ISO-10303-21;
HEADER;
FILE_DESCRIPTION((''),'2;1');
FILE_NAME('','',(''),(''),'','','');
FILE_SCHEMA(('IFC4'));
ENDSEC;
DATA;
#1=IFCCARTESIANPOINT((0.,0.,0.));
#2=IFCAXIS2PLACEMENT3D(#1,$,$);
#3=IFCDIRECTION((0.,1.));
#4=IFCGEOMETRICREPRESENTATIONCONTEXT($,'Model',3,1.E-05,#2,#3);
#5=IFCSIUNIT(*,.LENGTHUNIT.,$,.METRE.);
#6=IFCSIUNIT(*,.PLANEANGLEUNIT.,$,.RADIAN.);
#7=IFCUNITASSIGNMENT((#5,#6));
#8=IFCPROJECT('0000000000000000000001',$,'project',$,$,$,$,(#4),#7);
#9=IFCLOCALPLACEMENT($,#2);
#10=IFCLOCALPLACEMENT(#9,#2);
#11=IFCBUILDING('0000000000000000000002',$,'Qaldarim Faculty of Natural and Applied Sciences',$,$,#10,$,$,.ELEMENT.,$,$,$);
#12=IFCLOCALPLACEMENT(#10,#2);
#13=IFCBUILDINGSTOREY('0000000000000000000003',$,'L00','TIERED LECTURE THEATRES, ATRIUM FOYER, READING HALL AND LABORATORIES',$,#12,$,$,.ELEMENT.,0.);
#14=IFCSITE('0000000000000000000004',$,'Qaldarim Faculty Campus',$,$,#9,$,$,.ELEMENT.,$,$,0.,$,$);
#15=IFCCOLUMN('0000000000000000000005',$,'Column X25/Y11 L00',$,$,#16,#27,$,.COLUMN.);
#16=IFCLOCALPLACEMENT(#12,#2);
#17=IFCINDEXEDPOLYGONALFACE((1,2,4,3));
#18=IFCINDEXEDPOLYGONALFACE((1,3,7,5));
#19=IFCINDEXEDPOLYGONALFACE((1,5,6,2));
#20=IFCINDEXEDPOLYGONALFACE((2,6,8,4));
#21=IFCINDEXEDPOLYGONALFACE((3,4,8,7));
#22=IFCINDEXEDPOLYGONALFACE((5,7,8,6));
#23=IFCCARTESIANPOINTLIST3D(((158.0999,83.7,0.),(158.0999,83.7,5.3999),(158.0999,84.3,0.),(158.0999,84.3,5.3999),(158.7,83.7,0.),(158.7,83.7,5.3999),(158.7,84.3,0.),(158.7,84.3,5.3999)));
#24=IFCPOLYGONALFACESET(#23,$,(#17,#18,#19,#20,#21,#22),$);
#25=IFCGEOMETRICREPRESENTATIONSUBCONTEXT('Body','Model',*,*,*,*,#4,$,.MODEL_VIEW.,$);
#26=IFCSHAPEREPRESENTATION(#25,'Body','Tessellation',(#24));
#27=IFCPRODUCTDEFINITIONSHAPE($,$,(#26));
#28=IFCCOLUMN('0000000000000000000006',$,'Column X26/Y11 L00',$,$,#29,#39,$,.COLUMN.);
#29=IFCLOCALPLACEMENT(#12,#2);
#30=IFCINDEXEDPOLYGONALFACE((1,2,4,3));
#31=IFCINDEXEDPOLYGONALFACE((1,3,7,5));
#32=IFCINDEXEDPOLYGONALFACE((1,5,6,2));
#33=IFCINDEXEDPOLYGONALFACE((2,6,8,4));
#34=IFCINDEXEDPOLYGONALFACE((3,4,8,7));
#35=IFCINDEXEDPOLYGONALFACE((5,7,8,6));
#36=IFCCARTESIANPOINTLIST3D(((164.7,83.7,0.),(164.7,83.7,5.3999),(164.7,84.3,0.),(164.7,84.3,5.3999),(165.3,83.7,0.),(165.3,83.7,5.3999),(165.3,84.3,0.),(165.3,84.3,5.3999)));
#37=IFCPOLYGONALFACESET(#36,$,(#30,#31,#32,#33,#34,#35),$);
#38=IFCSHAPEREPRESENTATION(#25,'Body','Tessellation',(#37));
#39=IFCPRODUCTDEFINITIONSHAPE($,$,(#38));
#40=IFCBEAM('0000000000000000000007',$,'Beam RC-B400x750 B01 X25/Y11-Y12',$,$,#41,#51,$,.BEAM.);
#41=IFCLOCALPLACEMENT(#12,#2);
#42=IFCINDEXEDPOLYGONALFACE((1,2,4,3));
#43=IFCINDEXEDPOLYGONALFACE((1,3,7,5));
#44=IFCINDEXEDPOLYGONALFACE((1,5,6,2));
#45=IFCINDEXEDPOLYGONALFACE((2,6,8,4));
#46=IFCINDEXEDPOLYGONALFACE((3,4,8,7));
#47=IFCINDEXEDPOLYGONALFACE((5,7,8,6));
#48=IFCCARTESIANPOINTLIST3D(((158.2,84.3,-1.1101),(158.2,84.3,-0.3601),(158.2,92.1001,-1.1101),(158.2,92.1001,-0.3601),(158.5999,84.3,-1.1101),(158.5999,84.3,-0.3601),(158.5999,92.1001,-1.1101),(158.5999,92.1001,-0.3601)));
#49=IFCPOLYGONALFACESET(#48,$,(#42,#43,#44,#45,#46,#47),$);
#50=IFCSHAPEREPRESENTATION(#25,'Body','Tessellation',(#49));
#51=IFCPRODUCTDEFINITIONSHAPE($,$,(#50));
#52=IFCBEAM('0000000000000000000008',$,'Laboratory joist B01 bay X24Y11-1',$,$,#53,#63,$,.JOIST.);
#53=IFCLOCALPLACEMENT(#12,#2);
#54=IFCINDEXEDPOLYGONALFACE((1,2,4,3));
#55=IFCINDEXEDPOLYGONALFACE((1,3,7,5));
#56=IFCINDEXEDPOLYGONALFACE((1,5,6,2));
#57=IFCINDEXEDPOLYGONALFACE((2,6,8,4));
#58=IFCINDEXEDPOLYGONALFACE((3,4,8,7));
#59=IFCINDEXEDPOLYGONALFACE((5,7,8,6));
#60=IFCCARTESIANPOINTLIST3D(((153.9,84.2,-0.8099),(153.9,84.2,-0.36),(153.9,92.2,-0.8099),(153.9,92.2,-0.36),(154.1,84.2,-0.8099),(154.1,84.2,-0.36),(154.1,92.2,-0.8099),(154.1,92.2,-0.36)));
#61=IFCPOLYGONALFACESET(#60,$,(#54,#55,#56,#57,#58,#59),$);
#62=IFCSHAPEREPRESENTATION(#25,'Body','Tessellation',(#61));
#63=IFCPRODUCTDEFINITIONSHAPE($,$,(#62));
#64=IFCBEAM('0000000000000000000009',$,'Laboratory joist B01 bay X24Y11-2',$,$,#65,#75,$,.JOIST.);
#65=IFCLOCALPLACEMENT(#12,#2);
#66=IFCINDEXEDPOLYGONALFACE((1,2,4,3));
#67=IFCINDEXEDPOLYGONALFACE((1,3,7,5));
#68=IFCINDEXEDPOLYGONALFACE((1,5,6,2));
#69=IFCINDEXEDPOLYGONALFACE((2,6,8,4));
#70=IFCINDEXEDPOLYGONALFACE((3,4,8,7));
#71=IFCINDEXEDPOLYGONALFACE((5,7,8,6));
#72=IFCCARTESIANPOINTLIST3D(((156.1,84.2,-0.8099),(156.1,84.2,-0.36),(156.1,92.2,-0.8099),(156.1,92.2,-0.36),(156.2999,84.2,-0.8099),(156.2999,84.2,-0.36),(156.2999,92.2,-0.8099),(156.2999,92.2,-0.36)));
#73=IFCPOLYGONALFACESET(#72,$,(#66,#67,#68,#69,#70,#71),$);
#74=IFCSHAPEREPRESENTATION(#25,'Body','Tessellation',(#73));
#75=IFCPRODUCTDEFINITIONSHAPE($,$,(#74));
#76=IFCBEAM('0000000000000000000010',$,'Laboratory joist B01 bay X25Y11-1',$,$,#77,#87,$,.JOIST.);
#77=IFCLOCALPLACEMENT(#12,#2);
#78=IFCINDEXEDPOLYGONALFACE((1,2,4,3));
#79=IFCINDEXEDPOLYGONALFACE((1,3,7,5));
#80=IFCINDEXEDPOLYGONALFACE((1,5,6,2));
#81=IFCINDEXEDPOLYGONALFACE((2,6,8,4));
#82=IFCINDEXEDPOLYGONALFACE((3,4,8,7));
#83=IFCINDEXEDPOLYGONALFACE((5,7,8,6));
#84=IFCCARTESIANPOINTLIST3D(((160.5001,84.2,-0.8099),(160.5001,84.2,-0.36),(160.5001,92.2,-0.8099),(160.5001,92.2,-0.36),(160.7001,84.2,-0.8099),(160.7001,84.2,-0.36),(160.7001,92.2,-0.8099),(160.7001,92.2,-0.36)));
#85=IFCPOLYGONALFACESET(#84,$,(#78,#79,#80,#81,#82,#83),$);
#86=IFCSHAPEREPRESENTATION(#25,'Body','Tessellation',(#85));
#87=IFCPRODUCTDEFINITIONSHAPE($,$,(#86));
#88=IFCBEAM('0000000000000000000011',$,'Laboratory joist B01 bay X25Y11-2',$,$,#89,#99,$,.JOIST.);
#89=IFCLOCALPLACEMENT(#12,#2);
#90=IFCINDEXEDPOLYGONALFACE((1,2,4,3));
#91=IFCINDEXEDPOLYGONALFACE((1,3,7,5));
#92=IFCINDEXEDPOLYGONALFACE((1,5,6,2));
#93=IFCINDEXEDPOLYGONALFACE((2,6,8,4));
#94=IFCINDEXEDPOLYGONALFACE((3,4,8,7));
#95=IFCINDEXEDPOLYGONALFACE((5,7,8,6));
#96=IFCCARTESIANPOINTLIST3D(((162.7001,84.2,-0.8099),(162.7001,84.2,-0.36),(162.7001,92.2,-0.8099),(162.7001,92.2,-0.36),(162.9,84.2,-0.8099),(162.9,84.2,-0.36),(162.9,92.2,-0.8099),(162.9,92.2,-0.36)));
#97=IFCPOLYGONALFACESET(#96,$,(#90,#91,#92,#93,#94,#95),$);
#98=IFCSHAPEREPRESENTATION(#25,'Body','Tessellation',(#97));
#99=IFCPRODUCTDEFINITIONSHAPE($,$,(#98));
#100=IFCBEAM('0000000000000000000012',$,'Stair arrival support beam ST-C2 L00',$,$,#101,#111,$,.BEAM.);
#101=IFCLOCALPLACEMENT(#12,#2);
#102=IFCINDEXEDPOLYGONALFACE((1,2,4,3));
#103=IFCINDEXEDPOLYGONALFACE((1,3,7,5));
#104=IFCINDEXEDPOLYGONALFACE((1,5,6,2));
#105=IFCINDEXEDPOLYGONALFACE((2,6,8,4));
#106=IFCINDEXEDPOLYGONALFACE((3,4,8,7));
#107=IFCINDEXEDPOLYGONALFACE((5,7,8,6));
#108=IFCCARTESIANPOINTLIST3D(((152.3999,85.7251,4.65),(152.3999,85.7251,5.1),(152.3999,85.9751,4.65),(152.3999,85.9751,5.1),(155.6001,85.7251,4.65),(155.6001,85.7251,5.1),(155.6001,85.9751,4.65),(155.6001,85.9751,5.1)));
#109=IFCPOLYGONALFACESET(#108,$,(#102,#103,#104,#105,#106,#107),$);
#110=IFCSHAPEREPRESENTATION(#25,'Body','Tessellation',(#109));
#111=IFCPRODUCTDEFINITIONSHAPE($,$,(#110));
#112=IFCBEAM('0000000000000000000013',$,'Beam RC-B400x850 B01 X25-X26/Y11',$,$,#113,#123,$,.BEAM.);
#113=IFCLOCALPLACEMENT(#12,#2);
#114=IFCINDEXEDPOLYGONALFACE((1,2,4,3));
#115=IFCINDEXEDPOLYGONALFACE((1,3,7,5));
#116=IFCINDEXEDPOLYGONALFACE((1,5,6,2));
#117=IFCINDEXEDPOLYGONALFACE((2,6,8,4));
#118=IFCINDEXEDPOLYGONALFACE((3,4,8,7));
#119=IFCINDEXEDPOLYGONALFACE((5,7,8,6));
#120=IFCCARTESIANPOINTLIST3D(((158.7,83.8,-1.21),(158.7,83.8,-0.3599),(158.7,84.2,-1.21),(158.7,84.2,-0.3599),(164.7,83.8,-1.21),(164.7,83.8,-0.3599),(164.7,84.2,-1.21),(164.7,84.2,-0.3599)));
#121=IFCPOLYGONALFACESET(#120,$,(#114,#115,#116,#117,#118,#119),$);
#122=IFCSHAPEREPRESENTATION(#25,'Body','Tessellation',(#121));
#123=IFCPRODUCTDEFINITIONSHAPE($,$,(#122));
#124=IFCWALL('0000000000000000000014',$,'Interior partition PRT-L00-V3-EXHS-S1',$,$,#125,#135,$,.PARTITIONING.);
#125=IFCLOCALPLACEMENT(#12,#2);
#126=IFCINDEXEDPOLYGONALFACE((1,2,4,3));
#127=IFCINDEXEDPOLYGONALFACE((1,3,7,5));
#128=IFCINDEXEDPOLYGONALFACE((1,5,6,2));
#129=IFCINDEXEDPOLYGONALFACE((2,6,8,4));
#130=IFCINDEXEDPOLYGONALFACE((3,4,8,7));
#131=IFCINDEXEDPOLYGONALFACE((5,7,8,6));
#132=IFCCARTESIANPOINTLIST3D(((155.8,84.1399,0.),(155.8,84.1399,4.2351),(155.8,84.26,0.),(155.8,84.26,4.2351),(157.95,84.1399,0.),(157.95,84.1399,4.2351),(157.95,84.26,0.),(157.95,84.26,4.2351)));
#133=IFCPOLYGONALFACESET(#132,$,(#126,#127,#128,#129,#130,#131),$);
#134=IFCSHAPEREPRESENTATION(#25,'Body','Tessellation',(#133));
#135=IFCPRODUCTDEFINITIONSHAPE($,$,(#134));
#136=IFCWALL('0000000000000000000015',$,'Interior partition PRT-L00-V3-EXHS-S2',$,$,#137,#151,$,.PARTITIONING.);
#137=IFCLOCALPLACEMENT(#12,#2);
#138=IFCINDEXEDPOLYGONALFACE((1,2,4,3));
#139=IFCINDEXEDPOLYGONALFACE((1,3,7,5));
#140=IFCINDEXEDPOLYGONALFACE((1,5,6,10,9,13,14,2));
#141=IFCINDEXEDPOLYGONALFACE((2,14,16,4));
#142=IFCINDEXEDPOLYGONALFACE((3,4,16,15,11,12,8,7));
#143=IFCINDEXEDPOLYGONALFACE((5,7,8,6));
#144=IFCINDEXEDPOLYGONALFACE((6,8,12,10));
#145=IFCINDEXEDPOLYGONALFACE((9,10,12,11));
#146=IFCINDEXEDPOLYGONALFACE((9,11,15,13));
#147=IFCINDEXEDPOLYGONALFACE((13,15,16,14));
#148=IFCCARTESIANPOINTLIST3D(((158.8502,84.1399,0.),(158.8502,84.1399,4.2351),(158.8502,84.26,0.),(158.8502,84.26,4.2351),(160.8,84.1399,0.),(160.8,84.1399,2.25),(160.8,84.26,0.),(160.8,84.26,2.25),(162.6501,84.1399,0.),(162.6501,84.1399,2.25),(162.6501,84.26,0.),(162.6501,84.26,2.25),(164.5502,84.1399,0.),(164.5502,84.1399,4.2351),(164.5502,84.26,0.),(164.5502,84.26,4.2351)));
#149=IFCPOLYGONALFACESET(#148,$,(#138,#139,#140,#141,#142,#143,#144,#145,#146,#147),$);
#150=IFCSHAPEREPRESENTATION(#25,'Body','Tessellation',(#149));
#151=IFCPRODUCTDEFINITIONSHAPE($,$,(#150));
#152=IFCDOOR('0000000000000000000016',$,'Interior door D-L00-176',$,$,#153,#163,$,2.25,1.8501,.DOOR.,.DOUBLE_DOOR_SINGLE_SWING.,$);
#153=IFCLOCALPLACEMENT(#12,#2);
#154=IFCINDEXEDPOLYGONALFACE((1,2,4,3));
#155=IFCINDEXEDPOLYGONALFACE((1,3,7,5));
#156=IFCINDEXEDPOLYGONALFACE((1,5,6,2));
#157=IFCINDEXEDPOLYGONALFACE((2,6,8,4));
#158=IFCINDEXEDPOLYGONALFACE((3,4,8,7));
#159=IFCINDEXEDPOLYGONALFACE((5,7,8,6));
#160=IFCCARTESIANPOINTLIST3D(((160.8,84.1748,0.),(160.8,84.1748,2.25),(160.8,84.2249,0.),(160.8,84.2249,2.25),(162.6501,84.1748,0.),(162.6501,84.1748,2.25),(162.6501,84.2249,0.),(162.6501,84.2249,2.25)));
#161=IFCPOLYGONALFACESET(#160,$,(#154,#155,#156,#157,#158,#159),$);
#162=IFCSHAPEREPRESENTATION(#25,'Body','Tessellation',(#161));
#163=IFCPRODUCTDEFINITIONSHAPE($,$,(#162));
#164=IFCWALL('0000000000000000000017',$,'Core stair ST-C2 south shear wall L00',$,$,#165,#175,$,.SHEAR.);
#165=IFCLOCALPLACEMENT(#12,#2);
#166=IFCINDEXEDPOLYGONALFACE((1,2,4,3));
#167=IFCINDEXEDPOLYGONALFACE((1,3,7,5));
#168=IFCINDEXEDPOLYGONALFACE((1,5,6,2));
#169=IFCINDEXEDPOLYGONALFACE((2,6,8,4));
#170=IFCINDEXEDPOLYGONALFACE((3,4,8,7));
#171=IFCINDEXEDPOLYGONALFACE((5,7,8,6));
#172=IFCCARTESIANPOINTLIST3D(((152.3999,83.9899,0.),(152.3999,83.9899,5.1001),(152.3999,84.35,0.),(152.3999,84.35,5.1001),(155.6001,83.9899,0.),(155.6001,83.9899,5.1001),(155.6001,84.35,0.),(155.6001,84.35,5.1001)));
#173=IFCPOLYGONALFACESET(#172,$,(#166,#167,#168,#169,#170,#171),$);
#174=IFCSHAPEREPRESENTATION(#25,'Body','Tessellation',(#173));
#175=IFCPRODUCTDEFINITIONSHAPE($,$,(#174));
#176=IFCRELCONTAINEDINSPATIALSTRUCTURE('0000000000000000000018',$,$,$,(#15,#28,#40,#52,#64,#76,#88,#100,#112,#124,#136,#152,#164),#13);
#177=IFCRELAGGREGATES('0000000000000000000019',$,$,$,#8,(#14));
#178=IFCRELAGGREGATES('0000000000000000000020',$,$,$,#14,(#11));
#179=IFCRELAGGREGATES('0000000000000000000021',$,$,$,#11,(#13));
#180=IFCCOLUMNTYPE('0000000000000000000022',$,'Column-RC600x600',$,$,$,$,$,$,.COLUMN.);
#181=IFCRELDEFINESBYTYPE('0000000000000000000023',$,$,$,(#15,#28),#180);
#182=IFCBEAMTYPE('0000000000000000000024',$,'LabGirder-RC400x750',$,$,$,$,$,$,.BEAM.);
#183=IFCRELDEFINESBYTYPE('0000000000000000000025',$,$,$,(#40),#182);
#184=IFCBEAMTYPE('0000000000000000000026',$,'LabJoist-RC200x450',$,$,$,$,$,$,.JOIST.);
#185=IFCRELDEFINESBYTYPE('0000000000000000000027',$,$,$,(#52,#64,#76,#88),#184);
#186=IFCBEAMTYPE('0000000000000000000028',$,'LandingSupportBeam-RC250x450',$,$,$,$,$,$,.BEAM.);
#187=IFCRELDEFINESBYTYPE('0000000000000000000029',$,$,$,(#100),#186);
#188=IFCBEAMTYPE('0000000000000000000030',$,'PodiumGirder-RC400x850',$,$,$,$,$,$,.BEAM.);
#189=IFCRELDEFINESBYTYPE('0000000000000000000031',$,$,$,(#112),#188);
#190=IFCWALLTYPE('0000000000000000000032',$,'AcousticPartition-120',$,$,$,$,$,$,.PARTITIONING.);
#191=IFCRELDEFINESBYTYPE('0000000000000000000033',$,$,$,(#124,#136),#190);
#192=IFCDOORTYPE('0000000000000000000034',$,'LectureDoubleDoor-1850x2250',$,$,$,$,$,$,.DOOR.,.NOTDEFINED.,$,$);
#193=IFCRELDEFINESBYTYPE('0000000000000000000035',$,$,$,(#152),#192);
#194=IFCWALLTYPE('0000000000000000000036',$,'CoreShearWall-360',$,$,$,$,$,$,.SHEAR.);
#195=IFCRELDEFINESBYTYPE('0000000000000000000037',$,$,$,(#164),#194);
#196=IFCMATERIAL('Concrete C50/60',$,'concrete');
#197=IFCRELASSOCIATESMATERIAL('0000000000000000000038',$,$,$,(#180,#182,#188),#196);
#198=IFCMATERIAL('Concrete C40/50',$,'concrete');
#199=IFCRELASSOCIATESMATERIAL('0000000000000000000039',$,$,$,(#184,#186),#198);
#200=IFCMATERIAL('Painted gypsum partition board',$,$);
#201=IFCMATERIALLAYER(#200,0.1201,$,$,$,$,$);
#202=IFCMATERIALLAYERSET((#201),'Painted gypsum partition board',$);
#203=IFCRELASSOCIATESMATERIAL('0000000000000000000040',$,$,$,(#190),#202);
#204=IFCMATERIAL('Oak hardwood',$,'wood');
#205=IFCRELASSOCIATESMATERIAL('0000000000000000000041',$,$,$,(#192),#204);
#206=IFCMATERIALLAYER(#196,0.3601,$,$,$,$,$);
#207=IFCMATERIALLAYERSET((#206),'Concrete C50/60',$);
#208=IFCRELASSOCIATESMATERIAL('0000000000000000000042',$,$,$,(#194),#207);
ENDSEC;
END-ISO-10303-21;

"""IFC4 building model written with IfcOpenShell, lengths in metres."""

from ifc_helpers import new_model, si_unit, direction, frame, frame_2d, origin, origin_2d, place, context, subcontext, project, spatial, rectangle, extrude, material, layer, layer_set, material_profile, profile_set, type_object, element, fill, save


model = new_model("IFC4")

# Units and contexts
model_context = context("Model", 3, precision=1e-05, world=origin(), true_north=direction((0.0, 1.0)))
body_context = subcontext(model_context, "Body", "Model", "MODEL_VIEW")
ifc_project = project(units=[si_unit("LENGTHUNIT", "METRE"), si_unit("PLANEANGLEUNIT", "RADIAN")], contexts=[model_context])

# Site, building, storey
site_placement = place(None, origin())
site = spatial("IfcSite", under=ifc_project, at=site_placement, Name="Qaldarim Faculty Campus", CompositionType="ELEMENT", RefElevation=0.0)
building_placement = place(site_placement, origin())
building = spatial("IfcBuilding", under=site, at=building_placement, Name="Qaldarim Faculty of Natural and Applied Sciences", CompositionType="ELEMENT")
storey_placement = place(building_placement, origin())
storey = spatial("IfcBuildingStorey", under=building, at=storey_placement, Name="L00", Description="TIERED LECTURE THEATRES, ATRIUM FOYER, READING HALL AND LABORATORIES", CompositionType="ELEMENT", Elevation=0.0)

# Columns
ifc_material_1 = material(Name="Concrete C50/60", Category="concrete")
ifc_material_profile_1 = material_profile(ifc_material_1, rectangle(XDim=0.6001, YDim=0.6001, at=origin_2d()), Name="RC-C600x600")
ifc_profile_set_1 = profile_set([ifc_material_profile_1], Name="Concrete C50/60")
column_type = type_object("IfcColumnType", Name="Column-RC600x600", PredefinedType="COLUMN", material=ifc_profile_set_1)
for number, where, z_axis, x_axis, name in (
    (1, (158.3999, 84.0, 0.0), (0.0, 0.0, 1.0), (1.0, 0.0, 0.0), "Column X25/Y11 L00"),
    (2, (165.0, 84.0, 0.0), (0.0, 0.0, 1.0), (1.0, 0.0, 0.0), "Column X26/Y11 L00"),
):
    element("IfcColumn", number, at=place(storey_placement, frame(where, z_axis=z_axis, x_axis=x_axis)), inside=storey, type_object=column_type, Name=name, PredefinedType="COLUMN", context=body_context, shape_type="SweptSolid", body=[
        extrude(rectangle(XDim=0.6001, YDim=0.6001, at=origin_2d()), origin(), (0.0, 0.0, 1.0), 5.3999),
    ])

# Beams
ifc_material_profile_2 = material_profile(ifc_material_1, rectangle(XDim=0.3999, YDim=0.75, at=origin_2d()), Name="RC-B400x750")
ifc_profile_set_2 = profile_set([ifc_material_profile_2], Name="Concrete C50/60")
beam_type_1 = type_object("IfcBeamType", Name="LabGirder-RC400x750", PredefinedType="BEAM", material=ifc_profile_set_2)
beam_1_placement = place(storey_placement, frame((158.3999, 84.3, -0.7351), z_axis=(0.0, 1.0, 0.0), x_axis=(-1.0, 0.0, 0.0)))
element("IfcBeam", 3, at=beam_1_placement, inside=storey, type_object=beam_type_1, Name="Beam RC-B400x750 B01 X25/Y11-Y12", PredefinedType="BEAM", context=body_context, shape_type="SweptSolid", body=[
    extrude(rectangle(XDim=0.3999, YDim=0.75, at=origin_2d()), origin(), (0.0, 0.0, 1.0), 7.8),
])
ifc_material_2 = material(Name="Concrete C40/50", Category="concrete")
ifc_material_profile_3 = material_profile(ifc_material_2, rectangle(XDim=0.2, YDim=0.45, at=origin_2d()), Name="RC-J200x450")
ifc_profile_set_3 = profile_set([ifc_material_profile_3], Name="Concrete C40/50")
beam_type_2 = type_object("IfcBeamType", Name="LabJoist-RC200x450", PredefinedType="JOIST", material=ifc_profile_set_3)
for number, where, z_axis, x_axis, name in (
    (4, (154.0, 84.2, -0.585), (0.0, 1.0, 0.0), (-1.0, 0.0, 0.0), "Laboratory joist B01 bay X24Y11-1"),
    (5, (156.2, 84.2, -0.585), (0.0, 1.0, 0.0), (-1.0, 0.0, 0.0), "Laboratory joist B01 bay X24Y11-2"),
    (6, (160.6001, 84.2, -0.585), (0.0, 1.0, 0.0), (-1.0, 0.0, 0.0), "Laboratory joist B01 bay X25Y11-1"),
    (7, (162.8, 84.2, -0.585), (0.0, 1.0, 0.0), (-1.0, 0.0, 0.0), "Laboratory joist B01 bay X25Y11-2"),
):
    element("IfcBeam", number, at=place(storey_placement, frame(where, z_axis=z_axis, x_axis=x_axis)), inside=storey, type_object=beam_type_2, Name=name, PredefinedType="JOIST", context=body_context, shape_type="SweptSolid", body=[
        extrude(rectangle(XDim=0.2, YDim=0.45, at=origin_2d()), origin(), (0.0, 0.0, 1.0), 8.0),
    ])
ifc_material_profile_4 = material_profile(ifc_material_2, rectangle(XDim=0.25, YDim=0.45, at=origin_2d()), Name="RC-LN250x450")
ifc_profile_set_4 = profile_set([ifc_material_profile_4], Name="Concrete C40/50")
beam_type_3 = type_object("IfcBeamType", Name="LandingSupportBeam-RC250x450", PredefinedType="BEAM", material=ifc_profile_set_4)
beam_2_placement = place(storey_placement, frame((152.3999, 85.8501, 4.875), z_axis=(1.0, 0.0, 0.0), x_axis=(0.0, 1.0, 0.0)))
element("IfcBeam", 8, at=beam_2_placement, inside=storey, type_object=beam_type_3, Name="Stair arrival support beam ST-C2 L00", PredefinedType="BEAM", context=body_context, shape_type="SweptSolid", body=[
    extrude(rectangle(XDim=0.25, YDim=0.45, at=origin_2d()), origin(), (0.0, 0.0, 1.0), 3.2002),
])
ifc_material_profile_5 = material_profile(ifc_material_1, rectangle(XDim=0.3999, YDim=0.8501, at=origin_2d()), Name="RC-B400x850")
ifc_profile_set_5 = profile_set([ifc_material_profile_5], Name="Concrete C50/60")
beam_type_4 = type_object("IfcBeamType", Name="PodiumGirder-RC400x850", PredefinedType="BEAM", material=ifc_profile_set_5)
beam_3_placement = place(storey_placement, frame((158.7, 84.0, -0.7849), z_axis=(1.0, 0.0, 0.0), x_axis=(0.0, 1.0, 0.0)))
element("IfcBeam", 9, at=beam_3_placement, inside=storey, type_object=beam_type_4, Name="Beam RC-B400x850 B01 X25-X26/Y11", PredefinedType="BEAM", context=body_context, shape_type="SweptSolid", body=[
    extrude(rectangle(XDim=0.3999, YDim=0.8501, at=origin_2d()), origin(), (0.0, 0.0, 1.0), 6.0),
])

# Wall
ifc_material_3 = material(Name="Painted gypsum partition board")
ifc_layer_1 = layer(ifc_material_3, 0.1201)
ifc_layer_set_1 = layer_set([ifc_layer_1], Name="Painted gypsum partition board")
wall_type_1 = type_object("IfcWallType", Name="AcousticPartition-120", PredefinedType="PARTITIONING", material=ifc_layer_set_1)
wall_1_placement = place(storey_placement, frame((155.8, 84.2, 0.0), z_axis=(0.0, 0.0, 1.0), x_axis=(1.0, 0.0, 0.0)))
element("IfcWall", 10, at=wall_1_placement, inside=storey, type_object=wall_type_1, Name="Interior partition PRT-L00-V3-EXHS-S1", PredefinedType="PARTITIONING", context=body_context, shape_type="SweptSolid", body=[
    extrude(rectangle(XDim=2.1499, YDim=0.1201, at=frame_2d((1.075, 0.0))), origin(), (0.0, 0.0, 1.0), 4.2351),
])

# Wall, opening, door
wall_2_placement = place(storey_placement, frame((158.8501, 84.2, 0.0), z_axis=(0.0, 0.0, 1.0), x_axis=(1.0, 0.0, 0.0)))
wall_2 = element("IfcWall", 11, at=wall_2_placement, inside=storey, type_object=wall_type_1, Name="Interior partition PRT-L00-V3-EXHS-S2", PredefinedType="PARTITIONING", context=body_context, shape_type="SweptSolid", body=[
    extrude(rectangle(XDim=5.7, YDim=0.1201, at=frame_2d((2.8501, 0.0))), origin(), (0.0, 0.0, 1.0), 4.2351),
])
opening_1_placement = place(wall_2_placement, frame((1.95, 0.0, 0.0)))
opening_1 = element("IfcOpeningElement", 12, at=opening_1_placement, cuts=wall_2, PredefinedType="OPENING", context=body_context, shape_type="SweptSolid", body=[
    extrude(rectangle(XDim=1.8501, YDim=2.25, at=frame_2d((0.925, 1.125))), frame((0.0, 0.0701, 0.0), z_axis=(0.0, -1.0, 0.0), x_axis=(1.0, 0.0, 0.0)), (0.0, 0.0, 1.0), 0.1401),
])
ifc_material_4 = material(Name="Oak hardwood", Category="wood")
door_type = type_object("IfcDoorType", Name="LectureDoubleDoor-1850x2250", OperationType="NOTDEFINED", PredefinedType="DOOR", material=ifc_material_4)
door_placement = place(opening_1_placement, origin())
door = element("IfcDoor", 13, at=door_placement, inside=storey, type_object=door_type, Name="Interior door D-L00-176", OperationType="DOUBLE_DOOR_SINGLE_SWING", OverallHeight=2.25, OverallWidth=1.8501, PredefinedType="DOOR", context=body_context, shape_type="SweptSolid", body=[
    extrude(rectangle(XDim=1.8501, YDim=2.25, at=frame_2d((0.925, 1.125))), frame((0.0, 0.0249, 0.0), z_axis=(0.0, -1.0, 0.0), x_axis=(1.0, 0.0, 0.0)), (0.0, 0.0, 1.0), 0.05),
])
fill(opening_1, door)

# Wall
ifc_layer_2 = layer(ifc_material_1, 0.3601)
ifc_layer_set_2 = layer_set([ifc_layer_2], Name="Concrete C50/60")
wall_type_2 = type_object("IfcWallType", Name="CoreShearWall-360", PredefinedType="SHEAR", material=ifc_layer_set_2)
wall_3_placement = place(storey_placement, frame((152.3999, 84.1699, 0.0), z_axis=(0.0, 0.0, 1.0), x_axis=(1.0, 0.0, 0.0)))
element("IfcWall", 14, at=wall_3_placement, inside=storey, type_object=wall_type_2, Name="Core stair ST-C2 south shear wall L00", PredefinedType="SHEAR", context=body_context, shape_type="SweptSolid", body=[
    extrude(rectangle(XDim=3.2002, YDim=0.3601, at=frame_2d((1.6001, 0.0))), origin(), (0.0, 0.0, 1.0), 5.1001),
])

save(model, "model.ifc")
